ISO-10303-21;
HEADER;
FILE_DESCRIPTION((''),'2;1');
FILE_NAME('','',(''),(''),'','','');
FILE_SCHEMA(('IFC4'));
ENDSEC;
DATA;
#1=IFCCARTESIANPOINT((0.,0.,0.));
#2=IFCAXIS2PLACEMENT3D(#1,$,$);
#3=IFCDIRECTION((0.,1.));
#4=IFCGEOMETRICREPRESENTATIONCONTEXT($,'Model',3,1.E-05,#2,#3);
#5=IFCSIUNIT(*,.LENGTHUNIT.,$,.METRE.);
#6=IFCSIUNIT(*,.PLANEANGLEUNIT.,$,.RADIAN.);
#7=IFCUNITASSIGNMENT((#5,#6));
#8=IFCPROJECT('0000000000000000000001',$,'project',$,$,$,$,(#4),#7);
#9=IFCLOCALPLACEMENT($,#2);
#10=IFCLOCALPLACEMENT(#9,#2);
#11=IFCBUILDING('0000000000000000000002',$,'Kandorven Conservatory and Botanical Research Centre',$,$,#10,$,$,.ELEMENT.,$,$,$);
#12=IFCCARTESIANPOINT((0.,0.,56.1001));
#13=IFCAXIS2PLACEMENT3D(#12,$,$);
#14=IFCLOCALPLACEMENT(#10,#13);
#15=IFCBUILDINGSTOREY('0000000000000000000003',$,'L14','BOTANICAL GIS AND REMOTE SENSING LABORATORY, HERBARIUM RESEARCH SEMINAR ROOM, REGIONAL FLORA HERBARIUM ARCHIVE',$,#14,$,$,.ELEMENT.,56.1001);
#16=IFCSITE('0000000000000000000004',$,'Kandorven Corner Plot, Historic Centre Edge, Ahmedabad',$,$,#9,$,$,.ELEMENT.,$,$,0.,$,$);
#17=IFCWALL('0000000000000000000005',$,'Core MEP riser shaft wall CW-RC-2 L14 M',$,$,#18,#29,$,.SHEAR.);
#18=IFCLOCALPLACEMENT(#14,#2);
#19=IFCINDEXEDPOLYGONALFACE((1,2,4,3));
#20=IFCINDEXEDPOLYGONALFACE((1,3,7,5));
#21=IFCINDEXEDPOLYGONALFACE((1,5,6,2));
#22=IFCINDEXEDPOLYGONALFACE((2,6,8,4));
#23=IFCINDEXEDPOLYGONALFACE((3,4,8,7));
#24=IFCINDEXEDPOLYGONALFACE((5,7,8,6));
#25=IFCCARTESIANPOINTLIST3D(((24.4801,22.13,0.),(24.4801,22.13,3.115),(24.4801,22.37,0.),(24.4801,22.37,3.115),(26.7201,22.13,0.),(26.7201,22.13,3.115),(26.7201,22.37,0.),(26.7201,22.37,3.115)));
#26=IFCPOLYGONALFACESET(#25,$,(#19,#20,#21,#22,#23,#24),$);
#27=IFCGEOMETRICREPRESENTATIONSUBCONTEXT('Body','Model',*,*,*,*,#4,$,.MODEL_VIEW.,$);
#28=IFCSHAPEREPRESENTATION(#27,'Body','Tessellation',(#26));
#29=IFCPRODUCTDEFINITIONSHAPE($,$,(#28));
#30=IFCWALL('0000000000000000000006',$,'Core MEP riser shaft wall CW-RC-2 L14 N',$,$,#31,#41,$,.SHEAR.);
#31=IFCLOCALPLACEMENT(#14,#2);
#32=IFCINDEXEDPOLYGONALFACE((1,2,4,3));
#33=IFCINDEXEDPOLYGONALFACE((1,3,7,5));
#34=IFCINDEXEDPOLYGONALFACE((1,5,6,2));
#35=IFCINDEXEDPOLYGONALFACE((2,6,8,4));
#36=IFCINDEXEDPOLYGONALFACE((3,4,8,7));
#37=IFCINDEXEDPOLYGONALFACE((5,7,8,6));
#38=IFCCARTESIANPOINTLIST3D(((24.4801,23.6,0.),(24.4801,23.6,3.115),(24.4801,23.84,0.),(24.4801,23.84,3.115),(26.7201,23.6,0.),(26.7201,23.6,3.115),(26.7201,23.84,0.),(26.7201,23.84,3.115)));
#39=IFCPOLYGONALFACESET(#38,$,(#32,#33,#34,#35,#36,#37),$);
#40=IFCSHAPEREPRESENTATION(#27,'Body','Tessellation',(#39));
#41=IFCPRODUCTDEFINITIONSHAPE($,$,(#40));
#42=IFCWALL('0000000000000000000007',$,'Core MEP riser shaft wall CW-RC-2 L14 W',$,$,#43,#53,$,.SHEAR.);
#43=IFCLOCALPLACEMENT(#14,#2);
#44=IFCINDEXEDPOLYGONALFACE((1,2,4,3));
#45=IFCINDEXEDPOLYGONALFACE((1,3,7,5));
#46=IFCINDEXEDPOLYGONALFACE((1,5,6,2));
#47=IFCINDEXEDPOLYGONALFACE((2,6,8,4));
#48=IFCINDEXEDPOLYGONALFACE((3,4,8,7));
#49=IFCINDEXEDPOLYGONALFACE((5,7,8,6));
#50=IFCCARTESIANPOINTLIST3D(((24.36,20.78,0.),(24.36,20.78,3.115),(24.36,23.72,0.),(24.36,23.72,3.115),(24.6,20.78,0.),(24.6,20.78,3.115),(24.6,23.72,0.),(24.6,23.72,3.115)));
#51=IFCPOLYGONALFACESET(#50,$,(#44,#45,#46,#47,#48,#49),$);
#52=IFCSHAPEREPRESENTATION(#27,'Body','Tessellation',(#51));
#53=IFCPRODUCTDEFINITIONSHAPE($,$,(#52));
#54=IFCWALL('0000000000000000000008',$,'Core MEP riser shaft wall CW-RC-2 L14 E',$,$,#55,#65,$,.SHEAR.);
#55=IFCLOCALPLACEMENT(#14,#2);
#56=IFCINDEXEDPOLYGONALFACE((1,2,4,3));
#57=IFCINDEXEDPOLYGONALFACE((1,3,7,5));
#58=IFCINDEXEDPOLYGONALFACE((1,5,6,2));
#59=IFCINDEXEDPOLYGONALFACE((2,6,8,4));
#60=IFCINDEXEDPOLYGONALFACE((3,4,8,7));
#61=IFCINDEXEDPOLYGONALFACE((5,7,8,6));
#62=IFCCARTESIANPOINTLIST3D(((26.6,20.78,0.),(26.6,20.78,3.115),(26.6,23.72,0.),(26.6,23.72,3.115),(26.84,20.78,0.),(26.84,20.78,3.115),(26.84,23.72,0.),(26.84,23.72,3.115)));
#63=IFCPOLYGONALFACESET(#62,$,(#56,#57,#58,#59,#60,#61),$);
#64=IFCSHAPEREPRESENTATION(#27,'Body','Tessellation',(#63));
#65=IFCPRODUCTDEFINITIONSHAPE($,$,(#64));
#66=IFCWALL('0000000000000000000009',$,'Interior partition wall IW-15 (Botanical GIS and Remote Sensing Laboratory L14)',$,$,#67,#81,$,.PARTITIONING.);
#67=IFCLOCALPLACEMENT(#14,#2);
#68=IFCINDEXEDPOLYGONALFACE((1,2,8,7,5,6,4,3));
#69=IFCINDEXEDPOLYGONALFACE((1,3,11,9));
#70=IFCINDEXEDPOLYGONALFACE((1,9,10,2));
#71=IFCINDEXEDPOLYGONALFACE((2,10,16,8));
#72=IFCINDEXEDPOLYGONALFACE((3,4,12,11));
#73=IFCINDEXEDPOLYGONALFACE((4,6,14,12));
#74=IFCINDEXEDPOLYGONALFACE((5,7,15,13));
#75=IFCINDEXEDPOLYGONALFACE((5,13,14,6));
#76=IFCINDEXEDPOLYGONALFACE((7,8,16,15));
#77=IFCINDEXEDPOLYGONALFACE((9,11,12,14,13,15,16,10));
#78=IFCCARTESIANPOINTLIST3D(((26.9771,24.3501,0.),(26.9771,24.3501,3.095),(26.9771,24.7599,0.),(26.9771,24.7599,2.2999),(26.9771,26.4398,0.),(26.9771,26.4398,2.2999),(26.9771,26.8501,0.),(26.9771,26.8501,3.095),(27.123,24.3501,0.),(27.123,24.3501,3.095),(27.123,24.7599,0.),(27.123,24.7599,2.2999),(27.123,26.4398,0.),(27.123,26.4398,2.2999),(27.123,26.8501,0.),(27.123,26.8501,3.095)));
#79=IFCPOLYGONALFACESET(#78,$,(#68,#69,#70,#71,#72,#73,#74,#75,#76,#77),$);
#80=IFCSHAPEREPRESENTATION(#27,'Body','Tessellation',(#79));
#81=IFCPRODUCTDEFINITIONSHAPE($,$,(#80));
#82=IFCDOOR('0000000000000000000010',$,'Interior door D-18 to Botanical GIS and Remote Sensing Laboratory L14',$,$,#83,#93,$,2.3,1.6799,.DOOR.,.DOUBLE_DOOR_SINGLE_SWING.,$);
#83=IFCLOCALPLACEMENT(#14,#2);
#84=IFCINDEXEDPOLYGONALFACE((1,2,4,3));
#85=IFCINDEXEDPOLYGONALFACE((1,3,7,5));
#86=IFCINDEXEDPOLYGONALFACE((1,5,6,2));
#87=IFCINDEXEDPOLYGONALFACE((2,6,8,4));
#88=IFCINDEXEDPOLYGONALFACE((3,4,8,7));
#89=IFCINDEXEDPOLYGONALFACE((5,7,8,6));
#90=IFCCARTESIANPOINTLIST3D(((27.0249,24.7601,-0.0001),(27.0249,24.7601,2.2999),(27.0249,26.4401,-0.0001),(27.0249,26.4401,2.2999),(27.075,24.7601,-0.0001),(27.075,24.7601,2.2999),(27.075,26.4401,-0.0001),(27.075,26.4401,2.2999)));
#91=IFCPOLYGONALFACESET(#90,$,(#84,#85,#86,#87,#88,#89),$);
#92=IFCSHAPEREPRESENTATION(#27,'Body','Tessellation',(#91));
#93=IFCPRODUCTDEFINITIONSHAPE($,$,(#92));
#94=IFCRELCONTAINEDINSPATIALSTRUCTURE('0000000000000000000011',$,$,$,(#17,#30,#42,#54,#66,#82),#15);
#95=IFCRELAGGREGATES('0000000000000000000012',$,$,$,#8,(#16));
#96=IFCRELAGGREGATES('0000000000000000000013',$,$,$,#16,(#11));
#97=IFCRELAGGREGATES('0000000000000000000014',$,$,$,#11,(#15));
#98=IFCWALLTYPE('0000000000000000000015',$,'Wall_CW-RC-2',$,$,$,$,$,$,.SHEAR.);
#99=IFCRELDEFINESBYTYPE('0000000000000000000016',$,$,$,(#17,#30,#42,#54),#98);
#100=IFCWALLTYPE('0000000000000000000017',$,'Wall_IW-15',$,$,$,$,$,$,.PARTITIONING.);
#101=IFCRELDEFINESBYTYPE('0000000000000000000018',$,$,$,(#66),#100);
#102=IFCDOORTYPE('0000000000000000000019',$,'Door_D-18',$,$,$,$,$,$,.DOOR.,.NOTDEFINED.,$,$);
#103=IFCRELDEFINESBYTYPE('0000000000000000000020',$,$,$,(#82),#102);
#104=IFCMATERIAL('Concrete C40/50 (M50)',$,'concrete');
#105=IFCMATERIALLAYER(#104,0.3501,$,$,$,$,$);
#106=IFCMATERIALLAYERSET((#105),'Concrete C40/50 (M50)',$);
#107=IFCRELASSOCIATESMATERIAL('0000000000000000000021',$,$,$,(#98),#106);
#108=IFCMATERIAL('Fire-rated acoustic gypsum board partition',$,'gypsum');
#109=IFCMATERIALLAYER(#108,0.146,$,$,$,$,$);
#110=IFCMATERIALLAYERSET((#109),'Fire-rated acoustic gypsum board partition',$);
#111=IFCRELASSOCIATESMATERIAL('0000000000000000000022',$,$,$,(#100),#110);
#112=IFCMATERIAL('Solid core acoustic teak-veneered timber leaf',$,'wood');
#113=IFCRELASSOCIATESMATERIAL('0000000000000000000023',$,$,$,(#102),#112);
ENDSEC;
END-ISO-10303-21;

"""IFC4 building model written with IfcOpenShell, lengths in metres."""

from ifc_helpers import new_model, si_unit, direction, frame, frame_2d, origin, place, context, subcontext, project, spatial, rectangle, extrude, material, layer, layer_set, type_object, element, fill, save


model = new_model("IFC4")

# Units and contexts
model_context = context("Model", 3, precision=1e-05, world=origin(), true_north=direction((0.0, 1.0)))
body_context = subcontext(model_context, "Body", "Model", "MODEL_VIEW")
ifc_project = project(units=[si_unit("LENGTHUNIT", "METRE"), si_unit("PLANEANGLEUNIT", "RADIAN")], contexts=[model_context])

# Site, building, storey
site_placement = place(None, origin())
site = spatial("IfcSite", under=ifc_project, at=site_placement, Name="Kandorven Corner Plot, Historic Centre Edge, Ahmedabad", CompositionType="ELEMENT", RefElevation=0.0)
building_placement = place(site_placement, origin())
building = spatial("IfcBuilding", under=site, at=building_placement, Name="Kandorven Conservatory and Botanical Research Centre", CompositionType="ELEMENT")
storey_placement = place(building_placement, frame((0.0, 0.0, 56.1001)))
storey = spatial("IfcBuildingStorey", under=building, at=storey_placement, Name="L14", Description="BOTANICAL GIS AND REMOTE SENSING LABORATORY, HERBARIUM RESEARCH SEMINAR ROOM, REGIONAL FLORA HERBARIUM ARCHIVE", CompositionType="ELEMENT", Elevation=56.1001)

# Walls
ifc_material_1 = material(Name="Concrete C40/50 (M50)", Category="concrete")
ifc_layer_1 = layer(ifc_material_1, 0.3501)
ifc_layer_set_1 = layer_set([ifc_layer_1], Name="Concrete C40/50 (M50)")
wall_type_1 = type_object("IfcWallType", Name="Wall_CW-RC-2", PredefinedType="SHEAR", material=ifc_layer_set_1)
for number, where, z_axis, x_axis, name in (
    (1, (24.48, 22.25, 0.0), (0.0, 0.0, 1.0), (1.0, 0.0, 0.0), "Core MEP riser shaft wall CW-RC-2 L14 M"),
    (2, (24.48, 23.72, 0.0), (0.0, 0.0, 1.0), (1.0, 0.0, 0.0), "Core MEP riser shaft wall CW-RC-2 L14 N"),
):
    element("IfcWall", number, at=place(storey_placement, frame(where, z_axis=z_axis, x_axis=x_axis)), inside=storey, type_object=wall_type_1, Name=name, PredefinedType="SHEAR", context=body_context, shape_type="SweptSolid", body=[
        extrude(rectangle(XDim=2.24, YDim=0.24, at=frame_2d((1.1201, 0.0))), origin(), (0.0, 0.0, 1.0), 3.115),
    ])
for number, where, z_axis, x_axis, name in (
    (3, (24.48, 20.78, 0.0), (0.0, 0.0, 1.0), (0.0, 1.0, 0.0), "Core MEP riser shaft wall CW-RC-2 L14 W"),
    (4, (26.72, 20.78, 0.0), (0.0, 0.0, 1.0), (0.0, 1.0, 0.0), "Core MEP riser shaft wall CW-RC-2 L14 E"),
):
    element("IfcWall", number, at=place(storey_placement, frame(where, z_axis=z_axis, x_axis=x_axis)), inside=storey, type_object=wall_type_1, Name=name, PredefinedType="SHEAR", context=body_context, shape_type="SweptSolid", body=[
        extrude(rectangle(XDim=2.9399, YDim=0.24, at=frame_2d((1.47, 0.0))), origin(), (0.0, 0.0, 1.0), 3.115),
    ])

# Wall, opening, door
ifc_material_2 = material(Name="Fire-rated acoustic gypsum board partition", Category="gypsum")
ifc_layer_2 = layer(ifc_material_2, 0.146)
ifc_layer_set_2 = layer_set([ifc_layer_2], Name="Fire-rated acoustic gypsum board partition")
wall_type_2 = type_object("IfcWallType", Name="Wall_IW-15", PredefinedType="PARTITIONING", material=ifc_layer_set_2)
wall_1_placement = place(storey_placement, frame((27.05, 24.3501, 0.0), z_axis=(0.0, 0.0, 1.0), x_axis=(0.0, 1.0, 0.0)))
wall_1 = element("IfcWall", 5, at=wall_1_placement, inside=storey, type_object=wall_type_2, Name="Interior partition wall IW-15 (Botanical GIS and Remote Sensing Laboratory L14)", PredefinedType="PARTITIONING", context=body_context, shape_type="SweptSolid", body=[
    extrude(rectangle(XDim=2.5, YDim=0.146, at=frame_2d((1.25, 0.0))), origin(), (0.0, 0.0, 1.0), 3.095),
])
opening_placement = place(wall_1_placement, frame((0.4099, 0.0, 0.0)))
opening = element("IfcOpeningElement", 6, at=opening_placement, cuts=wall_1, PredefinedType="OPENING", context=body_context, shape_type="SweptSolid", body=[
    extrude(rectangle(XDim=1.6799, YDim=2.3, at=frame_2d((0.8398, 1.1499))), frame((0.0, 0.083, 0.0), z_axis=(0.0, -1.0, 0.0), x_axis=(1.0, 0.0, 0.0)), (0.0, 0.0, 1.0), 0.166),
])
ifc_material_3 = material(Name="Solid core acoustic teak-veneered timber leaf", Category="wood")
door_type = type_object("IfcDoorType", Name="Door_D-18", OperationType="NOTDEFINED", PredefinedType="DOOR", material=ifc_material_3)
door_placement = place(opening_placement, frame((1.6799, 0.0, 0.0), z_axis=(0.0, 0.0, 1.0), x_axis=(-1.0, 0.0, 0.0)))
door = element("IfcDoor", 7, at=door_placement, inside=storey, type_object=door_type, Name="Interior door D-18 to Botanical GIS and Remote Sensing Laboratory L14", OperationType="DOUBLE_DOOR_SINGLE_SWING", OverallHeight=2.3, OverallWidth=1.6799, PredefinedType="DOOR", context=body_context, shape_type="SweptSolid", body=[
    extrude(rectangle(XDim=1.6799, YDim=2.3, at=frame_2d((0.8398, 1.1499))), frame((0.0, 0.0249, 0.0), z_axis=(0.0, -1.0, 0.0), x_axis=(1.0, 0.0, 0.0)), (0.0, 0.0, 1.0), 0.05),
])
fill(opening, door)

save(model, "model.ifc")
